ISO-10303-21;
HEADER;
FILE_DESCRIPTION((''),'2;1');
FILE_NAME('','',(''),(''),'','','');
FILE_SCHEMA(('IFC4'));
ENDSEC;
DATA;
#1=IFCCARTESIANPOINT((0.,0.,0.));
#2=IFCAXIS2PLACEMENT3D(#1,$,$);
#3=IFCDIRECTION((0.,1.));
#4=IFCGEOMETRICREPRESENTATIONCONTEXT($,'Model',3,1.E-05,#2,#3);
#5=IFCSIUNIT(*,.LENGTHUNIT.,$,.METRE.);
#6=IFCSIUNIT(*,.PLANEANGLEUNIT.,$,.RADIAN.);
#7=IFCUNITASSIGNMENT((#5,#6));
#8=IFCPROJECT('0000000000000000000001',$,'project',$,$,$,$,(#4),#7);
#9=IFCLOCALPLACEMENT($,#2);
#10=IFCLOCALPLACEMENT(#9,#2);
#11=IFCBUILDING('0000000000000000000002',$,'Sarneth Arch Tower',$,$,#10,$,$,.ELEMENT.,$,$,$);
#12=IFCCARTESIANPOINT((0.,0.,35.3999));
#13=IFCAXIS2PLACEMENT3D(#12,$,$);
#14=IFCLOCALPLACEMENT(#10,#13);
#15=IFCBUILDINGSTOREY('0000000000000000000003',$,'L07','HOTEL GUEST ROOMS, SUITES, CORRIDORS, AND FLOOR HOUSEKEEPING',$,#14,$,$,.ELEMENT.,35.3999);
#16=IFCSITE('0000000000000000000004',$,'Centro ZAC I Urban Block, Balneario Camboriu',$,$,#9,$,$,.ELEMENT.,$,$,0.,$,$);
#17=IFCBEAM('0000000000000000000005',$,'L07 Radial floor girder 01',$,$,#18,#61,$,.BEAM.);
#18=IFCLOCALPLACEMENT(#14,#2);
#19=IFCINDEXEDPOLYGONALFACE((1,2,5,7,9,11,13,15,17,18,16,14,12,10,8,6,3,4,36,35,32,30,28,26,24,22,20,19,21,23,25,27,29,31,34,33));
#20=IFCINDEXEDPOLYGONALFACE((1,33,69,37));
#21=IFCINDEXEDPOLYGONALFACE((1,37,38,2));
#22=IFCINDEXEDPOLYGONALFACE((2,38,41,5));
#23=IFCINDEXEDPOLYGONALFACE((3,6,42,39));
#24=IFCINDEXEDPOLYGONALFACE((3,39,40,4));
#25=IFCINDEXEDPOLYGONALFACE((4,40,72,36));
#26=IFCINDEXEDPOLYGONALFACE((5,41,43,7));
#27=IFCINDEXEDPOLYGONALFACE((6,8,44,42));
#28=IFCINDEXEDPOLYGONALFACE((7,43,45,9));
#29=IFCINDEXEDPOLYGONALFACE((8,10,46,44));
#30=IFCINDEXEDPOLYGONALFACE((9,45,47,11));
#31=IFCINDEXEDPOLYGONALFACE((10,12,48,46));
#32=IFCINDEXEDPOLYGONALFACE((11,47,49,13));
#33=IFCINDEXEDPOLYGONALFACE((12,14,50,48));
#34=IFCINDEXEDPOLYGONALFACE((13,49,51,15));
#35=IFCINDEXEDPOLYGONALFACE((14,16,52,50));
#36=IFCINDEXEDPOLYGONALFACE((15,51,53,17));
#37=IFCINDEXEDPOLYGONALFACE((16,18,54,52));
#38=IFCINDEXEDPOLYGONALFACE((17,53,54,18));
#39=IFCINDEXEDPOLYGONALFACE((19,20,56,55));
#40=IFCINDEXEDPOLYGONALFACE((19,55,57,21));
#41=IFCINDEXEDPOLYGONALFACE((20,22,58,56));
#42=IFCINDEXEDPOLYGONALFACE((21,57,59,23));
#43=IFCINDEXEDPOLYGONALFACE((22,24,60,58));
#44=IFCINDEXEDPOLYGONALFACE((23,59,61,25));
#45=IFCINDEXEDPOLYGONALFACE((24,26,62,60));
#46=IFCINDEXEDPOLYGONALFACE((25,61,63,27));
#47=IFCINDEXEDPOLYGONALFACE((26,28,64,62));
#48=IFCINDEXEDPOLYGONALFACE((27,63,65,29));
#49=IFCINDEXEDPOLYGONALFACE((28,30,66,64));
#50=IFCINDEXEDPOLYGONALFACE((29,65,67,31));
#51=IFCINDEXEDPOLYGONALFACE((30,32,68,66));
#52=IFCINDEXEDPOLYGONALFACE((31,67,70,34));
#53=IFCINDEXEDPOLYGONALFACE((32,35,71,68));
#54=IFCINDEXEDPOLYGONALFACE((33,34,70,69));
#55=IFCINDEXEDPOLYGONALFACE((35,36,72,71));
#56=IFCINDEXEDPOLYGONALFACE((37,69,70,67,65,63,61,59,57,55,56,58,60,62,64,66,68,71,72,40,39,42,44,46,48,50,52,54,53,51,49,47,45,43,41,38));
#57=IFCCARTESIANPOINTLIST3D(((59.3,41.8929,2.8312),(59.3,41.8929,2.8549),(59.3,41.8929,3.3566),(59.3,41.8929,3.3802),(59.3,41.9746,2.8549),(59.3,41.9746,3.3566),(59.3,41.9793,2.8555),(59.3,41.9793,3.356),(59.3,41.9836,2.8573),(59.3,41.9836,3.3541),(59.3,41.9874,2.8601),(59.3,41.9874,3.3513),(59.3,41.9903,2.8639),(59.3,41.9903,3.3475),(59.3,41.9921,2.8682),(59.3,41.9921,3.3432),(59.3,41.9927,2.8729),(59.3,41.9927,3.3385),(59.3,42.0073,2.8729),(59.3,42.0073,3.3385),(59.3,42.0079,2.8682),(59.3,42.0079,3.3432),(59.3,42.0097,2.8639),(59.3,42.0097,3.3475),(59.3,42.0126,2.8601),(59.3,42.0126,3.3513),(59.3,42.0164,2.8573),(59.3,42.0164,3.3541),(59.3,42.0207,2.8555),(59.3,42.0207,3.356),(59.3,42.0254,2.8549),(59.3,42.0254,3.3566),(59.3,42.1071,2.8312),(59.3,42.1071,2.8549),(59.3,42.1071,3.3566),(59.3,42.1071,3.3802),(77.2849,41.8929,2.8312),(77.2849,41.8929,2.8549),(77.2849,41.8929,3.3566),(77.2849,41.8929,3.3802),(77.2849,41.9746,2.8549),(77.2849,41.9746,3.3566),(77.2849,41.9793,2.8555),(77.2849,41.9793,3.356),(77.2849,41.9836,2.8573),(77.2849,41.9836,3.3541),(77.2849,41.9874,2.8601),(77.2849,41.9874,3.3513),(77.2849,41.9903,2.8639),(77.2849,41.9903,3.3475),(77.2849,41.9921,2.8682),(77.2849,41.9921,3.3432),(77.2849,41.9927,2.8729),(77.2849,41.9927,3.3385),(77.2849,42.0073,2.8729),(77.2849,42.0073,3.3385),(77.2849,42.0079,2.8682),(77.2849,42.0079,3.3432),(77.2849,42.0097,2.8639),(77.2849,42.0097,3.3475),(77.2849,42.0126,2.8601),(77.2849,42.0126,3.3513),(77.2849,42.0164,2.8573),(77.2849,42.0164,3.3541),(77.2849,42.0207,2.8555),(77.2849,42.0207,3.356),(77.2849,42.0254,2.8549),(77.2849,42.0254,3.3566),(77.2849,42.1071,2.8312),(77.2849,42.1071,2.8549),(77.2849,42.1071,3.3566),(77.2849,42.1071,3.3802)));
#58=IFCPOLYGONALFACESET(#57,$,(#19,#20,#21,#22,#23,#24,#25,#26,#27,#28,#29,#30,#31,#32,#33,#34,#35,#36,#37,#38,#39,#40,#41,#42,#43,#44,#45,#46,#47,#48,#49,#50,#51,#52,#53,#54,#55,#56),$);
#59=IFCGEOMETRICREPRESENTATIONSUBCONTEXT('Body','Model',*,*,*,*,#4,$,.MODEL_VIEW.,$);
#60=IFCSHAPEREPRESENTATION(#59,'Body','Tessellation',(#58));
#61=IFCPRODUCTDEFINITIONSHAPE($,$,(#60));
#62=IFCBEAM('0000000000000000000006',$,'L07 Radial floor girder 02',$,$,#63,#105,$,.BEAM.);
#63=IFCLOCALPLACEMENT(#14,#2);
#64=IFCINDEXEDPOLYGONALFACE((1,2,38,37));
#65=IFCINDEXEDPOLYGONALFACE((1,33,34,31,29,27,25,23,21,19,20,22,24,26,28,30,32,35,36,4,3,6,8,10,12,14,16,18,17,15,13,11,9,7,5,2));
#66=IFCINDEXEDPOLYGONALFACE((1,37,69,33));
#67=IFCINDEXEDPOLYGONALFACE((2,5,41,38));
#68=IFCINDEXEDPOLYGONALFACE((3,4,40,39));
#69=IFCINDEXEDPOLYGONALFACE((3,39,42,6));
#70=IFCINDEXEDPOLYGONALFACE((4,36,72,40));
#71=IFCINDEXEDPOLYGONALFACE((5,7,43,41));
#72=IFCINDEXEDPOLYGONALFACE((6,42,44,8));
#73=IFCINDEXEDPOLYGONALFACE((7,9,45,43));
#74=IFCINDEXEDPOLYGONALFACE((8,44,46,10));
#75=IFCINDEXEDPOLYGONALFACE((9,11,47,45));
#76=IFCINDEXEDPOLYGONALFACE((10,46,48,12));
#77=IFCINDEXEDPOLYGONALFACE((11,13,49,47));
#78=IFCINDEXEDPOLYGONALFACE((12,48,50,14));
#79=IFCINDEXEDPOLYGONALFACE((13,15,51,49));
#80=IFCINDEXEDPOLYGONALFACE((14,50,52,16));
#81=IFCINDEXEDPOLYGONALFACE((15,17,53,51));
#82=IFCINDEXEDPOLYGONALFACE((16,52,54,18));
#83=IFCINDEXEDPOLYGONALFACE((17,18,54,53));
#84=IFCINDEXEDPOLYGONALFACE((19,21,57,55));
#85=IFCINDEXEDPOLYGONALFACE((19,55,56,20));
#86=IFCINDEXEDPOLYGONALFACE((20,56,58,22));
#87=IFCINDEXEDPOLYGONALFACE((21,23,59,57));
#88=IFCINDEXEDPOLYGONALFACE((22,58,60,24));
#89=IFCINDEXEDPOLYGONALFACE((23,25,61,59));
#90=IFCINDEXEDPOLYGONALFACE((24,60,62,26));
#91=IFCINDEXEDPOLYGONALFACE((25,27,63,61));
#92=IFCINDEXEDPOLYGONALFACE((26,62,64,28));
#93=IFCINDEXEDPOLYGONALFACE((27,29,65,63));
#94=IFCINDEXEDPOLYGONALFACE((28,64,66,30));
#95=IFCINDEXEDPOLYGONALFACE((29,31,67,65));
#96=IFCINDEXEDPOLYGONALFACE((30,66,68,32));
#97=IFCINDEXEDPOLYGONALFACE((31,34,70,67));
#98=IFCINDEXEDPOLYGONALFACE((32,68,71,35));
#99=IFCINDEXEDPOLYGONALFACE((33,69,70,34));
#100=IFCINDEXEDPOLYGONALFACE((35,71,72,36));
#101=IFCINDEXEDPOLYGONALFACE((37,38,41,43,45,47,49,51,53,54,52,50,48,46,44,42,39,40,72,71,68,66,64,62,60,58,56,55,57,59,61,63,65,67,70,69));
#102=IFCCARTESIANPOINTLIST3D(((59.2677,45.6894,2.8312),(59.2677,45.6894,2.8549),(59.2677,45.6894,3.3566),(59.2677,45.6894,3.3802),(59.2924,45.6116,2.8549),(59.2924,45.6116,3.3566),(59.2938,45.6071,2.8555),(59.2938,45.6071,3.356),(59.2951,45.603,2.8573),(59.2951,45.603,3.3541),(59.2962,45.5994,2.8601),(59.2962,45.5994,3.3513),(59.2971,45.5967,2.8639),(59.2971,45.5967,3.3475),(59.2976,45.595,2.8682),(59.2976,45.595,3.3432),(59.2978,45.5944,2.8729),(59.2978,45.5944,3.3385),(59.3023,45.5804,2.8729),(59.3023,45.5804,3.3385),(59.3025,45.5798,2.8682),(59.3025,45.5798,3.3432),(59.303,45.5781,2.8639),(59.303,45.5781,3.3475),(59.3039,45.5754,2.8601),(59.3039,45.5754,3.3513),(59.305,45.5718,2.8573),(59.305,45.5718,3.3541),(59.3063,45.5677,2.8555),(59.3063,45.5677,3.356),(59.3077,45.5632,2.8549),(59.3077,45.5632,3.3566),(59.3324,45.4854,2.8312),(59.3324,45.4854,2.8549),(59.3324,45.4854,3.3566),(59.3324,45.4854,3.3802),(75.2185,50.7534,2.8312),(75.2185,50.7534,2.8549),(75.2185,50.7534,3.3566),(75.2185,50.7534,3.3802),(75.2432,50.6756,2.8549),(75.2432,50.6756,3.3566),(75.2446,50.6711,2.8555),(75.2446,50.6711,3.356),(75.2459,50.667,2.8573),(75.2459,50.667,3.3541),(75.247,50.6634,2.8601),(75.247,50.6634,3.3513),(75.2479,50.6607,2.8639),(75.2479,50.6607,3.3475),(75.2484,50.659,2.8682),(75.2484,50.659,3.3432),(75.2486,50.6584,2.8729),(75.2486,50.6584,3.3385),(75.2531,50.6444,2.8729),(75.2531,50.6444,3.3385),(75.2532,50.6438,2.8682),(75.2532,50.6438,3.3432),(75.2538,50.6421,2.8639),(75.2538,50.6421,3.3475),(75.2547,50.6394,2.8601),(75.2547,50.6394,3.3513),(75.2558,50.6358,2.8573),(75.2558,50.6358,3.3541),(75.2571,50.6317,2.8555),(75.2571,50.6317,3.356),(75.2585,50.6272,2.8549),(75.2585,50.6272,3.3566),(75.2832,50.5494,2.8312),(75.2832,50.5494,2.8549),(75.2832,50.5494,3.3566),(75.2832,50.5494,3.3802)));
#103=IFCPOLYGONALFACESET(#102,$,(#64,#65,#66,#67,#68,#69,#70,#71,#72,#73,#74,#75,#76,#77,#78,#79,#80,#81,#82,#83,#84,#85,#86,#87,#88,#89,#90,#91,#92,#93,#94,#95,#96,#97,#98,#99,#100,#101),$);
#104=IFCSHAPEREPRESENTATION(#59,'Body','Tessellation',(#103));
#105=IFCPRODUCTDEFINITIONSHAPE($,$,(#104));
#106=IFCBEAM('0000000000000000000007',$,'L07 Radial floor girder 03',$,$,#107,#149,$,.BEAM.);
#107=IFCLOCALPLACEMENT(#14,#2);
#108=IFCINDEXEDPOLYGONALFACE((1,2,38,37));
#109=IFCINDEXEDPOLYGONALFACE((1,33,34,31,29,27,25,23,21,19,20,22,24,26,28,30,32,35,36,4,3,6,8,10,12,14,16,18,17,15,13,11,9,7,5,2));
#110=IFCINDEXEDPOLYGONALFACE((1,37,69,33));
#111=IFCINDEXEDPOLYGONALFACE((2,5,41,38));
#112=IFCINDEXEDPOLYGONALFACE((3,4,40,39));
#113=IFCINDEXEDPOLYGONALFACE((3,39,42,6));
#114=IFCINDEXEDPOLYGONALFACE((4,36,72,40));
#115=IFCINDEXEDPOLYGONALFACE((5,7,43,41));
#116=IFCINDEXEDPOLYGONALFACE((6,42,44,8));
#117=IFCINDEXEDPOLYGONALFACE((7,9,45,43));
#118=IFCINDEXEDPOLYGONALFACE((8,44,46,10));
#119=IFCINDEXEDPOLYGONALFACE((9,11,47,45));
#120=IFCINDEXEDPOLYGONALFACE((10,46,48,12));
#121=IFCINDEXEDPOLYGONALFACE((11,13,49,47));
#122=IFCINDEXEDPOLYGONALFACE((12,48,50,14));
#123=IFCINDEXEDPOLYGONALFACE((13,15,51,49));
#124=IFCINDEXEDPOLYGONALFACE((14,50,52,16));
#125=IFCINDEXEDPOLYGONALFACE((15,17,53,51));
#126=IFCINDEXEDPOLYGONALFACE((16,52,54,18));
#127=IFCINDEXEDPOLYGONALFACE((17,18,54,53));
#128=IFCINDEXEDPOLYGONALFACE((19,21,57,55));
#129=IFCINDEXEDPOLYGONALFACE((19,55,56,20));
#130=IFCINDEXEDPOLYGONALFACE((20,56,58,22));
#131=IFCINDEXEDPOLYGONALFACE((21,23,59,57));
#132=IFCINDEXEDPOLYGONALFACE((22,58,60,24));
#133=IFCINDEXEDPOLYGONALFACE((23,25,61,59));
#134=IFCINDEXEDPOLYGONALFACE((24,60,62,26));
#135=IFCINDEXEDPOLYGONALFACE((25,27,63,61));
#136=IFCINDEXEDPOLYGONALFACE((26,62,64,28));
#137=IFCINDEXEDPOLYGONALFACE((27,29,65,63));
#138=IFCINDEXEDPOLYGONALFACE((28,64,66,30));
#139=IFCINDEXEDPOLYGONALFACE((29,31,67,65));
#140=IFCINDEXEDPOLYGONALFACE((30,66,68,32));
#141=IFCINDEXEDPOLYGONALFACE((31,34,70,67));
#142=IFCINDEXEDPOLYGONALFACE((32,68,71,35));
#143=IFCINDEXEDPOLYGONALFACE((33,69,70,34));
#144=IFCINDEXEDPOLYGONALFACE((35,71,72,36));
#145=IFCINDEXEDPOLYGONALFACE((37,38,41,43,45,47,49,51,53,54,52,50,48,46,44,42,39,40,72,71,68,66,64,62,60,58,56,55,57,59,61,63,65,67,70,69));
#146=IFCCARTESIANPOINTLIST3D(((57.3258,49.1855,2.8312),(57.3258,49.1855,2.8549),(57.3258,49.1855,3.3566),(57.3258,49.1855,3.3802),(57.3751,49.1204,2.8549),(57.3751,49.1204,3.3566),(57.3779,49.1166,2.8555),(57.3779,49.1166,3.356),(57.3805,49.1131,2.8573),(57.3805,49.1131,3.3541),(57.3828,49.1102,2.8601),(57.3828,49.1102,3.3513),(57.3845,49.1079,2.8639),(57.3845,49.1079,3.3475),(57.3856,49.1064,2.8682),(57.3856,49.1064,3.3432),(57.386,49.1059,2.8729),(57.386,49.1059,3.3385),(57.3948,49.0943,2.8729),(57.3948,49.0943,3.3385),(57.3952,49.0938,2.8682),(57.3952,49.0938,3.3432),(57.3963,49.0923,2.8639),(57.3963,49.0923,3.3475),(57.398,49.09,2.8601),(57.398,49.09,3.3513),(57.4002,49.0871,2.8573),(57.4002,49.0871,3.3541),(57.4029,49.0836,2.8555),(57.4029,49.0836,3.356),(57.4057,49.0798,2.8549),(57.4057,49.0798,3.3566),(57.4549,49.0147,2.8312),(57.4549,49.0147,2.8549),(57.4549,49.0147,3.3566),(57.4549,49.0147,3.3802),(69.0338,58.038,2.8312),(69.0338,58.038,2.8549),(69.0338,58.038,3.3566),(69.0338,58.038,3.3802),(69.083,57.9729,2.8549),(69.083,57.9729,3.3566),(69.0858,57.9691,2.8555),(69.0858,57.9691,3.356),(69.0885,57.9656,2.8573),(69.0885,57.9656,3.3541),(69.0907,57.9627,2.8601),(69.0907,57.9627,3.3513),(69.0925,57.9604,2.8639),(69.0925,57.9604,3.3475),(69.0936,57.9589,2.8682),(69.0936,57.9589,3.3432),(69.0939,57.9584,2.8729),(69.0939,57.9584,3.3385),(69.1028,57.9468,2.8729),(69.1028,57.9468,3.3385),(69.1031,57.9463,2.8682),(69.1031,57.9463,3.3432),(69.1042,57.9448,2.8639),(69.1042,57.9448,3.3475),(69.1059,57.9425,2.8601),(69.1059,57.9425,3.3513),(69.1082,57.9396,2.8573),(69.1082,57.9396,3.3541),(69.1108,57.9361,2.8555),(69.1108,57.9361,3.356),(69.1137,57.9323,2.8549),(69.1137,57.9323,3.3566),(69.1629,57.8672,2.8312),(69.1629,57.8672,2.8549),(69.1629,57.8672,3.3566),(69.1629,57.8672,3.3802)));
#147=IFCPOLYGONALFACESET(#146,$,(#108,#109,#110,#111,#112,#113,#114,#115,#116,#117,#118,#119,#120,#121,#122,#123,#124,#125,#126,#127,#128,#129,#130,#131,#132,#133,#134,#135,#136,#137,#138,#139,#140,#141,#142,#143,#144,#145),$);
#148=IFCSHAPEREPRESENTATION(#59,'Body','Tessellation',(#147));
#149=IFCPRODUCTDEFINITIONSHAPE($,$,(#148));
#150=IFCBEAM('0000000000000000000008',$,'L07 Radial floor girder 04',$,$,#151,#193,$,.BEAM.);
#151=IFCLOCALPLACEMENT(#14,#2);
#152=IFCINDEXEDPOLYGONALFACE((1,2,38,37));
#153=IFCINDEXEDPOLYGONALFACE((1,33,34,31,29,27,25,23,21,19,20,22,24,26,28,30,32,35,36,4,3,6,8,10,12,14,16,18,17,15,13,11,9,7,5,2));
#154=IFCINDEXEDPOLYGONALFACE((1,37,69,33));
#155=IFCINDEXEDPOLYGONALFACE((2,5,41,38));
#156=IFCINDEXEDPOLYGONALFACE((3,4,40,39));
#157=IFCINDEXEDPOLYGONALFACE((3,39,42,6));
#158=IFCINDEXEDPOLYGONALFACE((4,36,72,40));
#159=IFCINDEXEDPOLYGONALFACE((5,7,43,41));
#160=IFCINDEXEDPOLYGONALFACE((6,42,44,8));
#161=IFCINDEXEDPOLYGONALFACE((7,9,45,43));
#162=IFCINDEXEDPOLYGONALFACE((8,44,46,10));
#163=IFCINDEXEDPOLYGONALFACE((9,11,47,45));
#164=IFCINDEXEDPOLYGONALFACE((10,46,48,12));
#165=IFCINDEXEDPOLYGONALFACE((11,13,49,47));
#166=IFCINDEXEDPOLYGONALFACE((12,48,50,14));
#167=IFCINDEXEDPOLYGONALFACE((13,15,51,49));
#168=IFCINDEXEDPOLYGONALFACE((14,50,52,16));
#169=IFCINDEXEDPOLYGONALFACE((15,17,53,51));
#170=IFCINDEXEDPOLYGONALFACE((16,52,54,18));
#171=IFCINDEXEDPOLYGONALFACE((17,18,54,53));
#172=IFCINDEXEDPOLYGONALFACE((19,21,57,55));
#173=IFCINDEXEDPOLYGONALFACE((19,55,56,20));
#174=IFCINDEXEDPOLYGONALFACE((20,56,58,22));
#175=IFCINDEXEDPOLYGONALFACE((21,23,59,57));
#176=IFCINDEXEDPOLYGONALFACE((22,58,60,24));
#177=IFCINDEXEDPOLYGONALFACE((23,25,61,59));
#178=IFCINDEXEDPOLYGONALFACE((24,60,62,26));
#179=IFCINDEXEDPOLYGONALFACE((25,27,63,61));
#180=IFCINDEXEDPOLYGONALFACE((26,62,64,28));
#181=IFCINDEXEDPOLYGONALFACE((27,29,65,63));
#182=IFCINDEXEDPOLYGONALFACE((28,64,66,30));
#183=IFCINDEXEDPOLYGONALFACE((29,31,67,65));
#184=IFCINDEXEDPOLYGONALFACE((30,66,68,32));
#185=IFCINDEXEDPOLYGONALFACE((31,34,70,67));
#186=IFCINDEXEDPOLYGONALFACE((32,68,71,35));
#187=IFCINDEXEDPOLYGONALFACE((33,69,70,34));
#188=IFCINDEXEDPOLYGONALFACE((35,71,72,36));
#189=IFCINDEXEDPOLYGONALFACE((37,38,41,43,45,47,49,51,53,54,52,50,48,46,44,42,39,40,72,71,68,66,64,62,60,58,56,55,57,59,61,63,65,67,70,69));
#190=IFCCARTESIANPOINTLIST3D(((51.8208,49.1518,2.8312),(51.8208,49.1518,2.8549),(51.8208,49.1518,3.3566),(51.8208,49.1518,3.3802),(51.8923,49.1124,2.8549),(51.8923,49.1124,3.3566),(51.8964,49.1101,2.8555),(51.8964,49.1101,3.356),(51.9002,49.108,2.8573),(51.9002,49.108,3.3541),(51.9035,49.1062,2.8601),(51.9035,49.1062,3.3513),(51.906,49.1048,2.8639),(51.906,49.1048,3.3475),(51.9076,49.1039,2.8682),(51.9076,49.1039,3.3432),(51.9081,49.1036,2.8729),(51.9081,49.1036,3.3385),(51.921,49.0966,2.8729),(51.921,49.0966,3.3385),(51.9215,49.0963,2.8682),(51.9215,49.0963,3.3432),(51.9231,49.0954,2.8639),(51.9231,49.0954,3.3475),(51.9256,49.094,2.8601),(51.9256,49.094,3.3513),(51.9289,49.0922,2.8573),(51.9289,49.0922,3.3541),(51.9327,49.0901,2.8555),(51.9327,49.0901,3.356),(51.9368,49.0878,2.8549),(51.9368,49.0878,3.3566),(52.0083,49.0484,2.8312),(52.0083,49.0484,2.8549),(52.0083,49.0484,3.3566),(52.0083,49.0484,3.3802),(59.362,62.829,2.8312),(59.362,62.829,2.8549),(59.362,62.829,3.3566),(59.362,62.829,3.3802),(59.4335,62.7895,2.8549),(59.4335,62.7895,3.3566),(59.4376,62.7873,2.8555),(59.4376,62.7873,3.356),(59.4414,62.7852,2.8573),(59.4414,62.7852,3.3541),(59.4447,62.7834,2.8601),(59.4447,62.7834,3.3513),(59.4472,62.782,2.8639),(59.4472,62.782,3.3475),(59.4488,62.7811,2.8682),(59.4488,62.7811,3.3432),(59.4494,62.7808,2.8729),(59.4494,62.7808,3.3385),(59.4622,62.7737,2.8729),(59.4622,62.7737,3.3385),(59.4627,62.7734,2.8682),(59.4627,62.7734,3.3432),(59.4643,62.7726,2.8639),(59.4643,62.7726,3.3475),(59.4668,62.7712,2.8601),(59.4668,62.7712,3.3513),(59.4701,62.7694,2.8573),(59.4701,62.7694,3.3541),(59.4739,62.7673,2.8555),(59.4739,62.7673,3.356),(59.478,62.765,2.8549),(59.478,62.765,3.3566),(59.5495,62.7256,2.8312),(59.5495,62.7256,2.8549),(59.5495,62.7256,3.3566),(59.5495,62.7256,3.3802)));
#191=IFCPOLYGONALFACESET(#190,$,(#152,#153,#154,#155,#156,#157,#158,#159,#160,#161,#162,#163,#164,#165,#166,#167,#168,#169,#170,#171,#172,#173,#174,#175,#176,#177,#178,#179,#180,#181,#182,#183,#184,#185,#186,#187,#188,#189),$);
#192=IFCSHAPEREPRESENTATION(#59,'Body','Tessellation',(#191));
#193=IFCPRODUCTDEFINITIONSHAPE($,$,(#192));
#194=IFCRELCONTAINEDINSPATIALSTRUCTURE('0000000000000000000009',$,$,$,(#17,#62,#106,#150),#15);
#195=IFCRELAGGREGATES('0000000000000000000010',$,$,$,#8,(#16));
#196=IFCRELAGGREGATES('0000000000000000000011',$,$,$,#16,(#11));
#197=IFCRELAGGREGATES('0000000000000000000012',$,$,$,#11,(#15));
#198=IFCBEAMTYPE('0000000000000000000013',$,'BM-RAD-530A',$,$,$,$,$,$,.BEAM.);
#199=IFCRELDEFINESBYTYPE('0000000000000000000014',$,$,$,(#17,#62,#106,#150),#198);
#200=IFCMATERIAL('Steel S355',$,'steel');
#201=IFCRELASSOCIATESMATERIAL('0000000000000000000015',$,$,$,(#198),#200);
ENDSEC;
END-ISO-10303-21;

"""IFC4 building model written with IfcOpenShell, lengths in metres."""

from ifc_helpers import new_model, si_unit, direction, frame, origin, origin_2d, place, context, subcontext, project, spatial, i_section, extrude, material, material_profile, profile_set, type_object, element, save


model = new_model("IFC4")

# Units and contexts
model_context = context("Model", 3, precision=1e-05, world=origin(), true_north=direction((0.0, 1.0)))
body_context = subcontext(model_context, "Body", "Model", "MODEL_VIEW")
ifc_project = project(units=[si_unit("LENGTHUNIT", "METRE"), si_unit("PLANEANGLEUNIT", "RADIAN")], contexts=[model_context])

# Site, building, storey
site_placement = place(None, origin())
site = spatial("IfcSite", under=ifc_project, at=site_placement, Name="Centro ZAC I Urban Block, Balneario Camboriu", CompositionType="ELEMENT", RefElevation=0.0)
building_placement = place(site_placement, origin())
building = spatial("IfcBuilding", under=site, at=building_placement, Name="Sarneth Arch Tower", CompositionType="ELEMENT")
storey_placement = place(building_placement, frame((0.0, 0.0, 35.3999)))
storey = spatial("IfcBuildingStorey", under=building, at=storey_placement, Name="L07", Description="HOTEL GUEST ROOMS, SUITES, CORRIDORS, AND FLOOR HOUSEKEEPING", CompositionType="ELEMENT", Elevation=35.3999)

# Beams
ifc_material_1 = material(Name="Steel S355", Category="steel")
ifc_material_profile = material_profile(ifc_material_1, i_section(OverallWidth=0.2141, OverallDepth=0.5491, WebThickness=0.0146, FlangeThickness=0.0237, FilletRadius=0.0181, at=origin_2d()), Name="W530x138")
ifc_profile_set = profile_set([ifc_material_profile], Name="Steel S355")
beam_type = type_object("IfcBeamType", Name="BM-RAD-530A", PredefinedType="BEAM", material=ifc_profile_set)
beam_1_placement = place(storey_placement, frame((59.3, 42.0, 3.1057), z_axis=(1.0, 0.0, 0.0), x_axis=(0.0, 1.0, 0.0)))
element("IfcBeam", 1, at=beam_1_placement, inside=storey, type_object=beam_type, Name="L07 Radial floor girder 01", PredefinedType="BEAM", context=body_context, shape_type="SweptSolid", body=[
    extrude(i_section(OverallWidth=0.2141, OverallDepth=0.5491, WebThickness=0.0146, FlangeThickness=0.0237, FilletRadius=0.0181, at=origin_2d()), origin(), (0.0, 0.0, 1.0), 17.9849),
])
beam_2_placement = place(storey_placement, frame((59.3, 45.5874, 3.1057), z_axis=(0.95312, 0.302593, 0.0), x_axis=(-0.302593, 0.95312, 0.0)))
element("IfcBeam", 2, at=beam_2_placement, inside=storey, type_object=beam_type, Name="L07 Radial floor girder 02", PredefinedType="BEAM", context=body_context, shape_type="SweptSolid", body=[
    extrude(i_section(OverallWidth=0.2141, OverallDepth=0.5491, WebThickness=0.0146, FlangeThickness=0.0237, FilletRadius=0.0181, at=origin_2d()), origin(), (0.0, 0.0, 1.0), 16.7354),
])
beam_3_placement = place(storey_placement, frame((57.3904, 49.1001, 3.1057), z_axis=(0.797655, 0.603114, 0.0), x_axis=(-0.603114, 0.797655, 0.0)))
element("IfcBeam", 3, at=beam_3_placement, inside=storey, type_object=beam_type, Name="L07 Radial floor girder 03", PredefinedType="BEAM", context=body_context, shape_type="SweptSolid", body=[
    extrude(i_section(OverallWidth=0.2141, OverallDepth=0.5491, WebThickness=0.0146, FlangeThickness=0.0237, FilletRadius=0.0181, at=origin_2d()), origin(), (0.0, 0.0, 1.0), 14.678),
])
beam_4_placement = place(storey_placement, frame((51.9146, 49.1001, 3.1057), z_axis=(0.482841, 0.875708, 0.0), x_axis=(-0.875708, 0.482841, 0.0)))
element("IfcBeam", 4, at=beam_4_placement, inside=storey, type_object=beam_type, Name="L07 Radial floor girder 04", PredefinedType="BEAM", context=body_context, shape_type="SweptSolid", body=[
    extrude(i_section(OverallWidth=0.2141, OverallDepth=0.5491, WebThickness=0.0146, FlangeThickness=0.0237, FilletRadius=0.0181, at=origin_2d()), origin(), (0.0, 0.0, 1.0), 15.6184),
])

save(model, "model.ifc")
